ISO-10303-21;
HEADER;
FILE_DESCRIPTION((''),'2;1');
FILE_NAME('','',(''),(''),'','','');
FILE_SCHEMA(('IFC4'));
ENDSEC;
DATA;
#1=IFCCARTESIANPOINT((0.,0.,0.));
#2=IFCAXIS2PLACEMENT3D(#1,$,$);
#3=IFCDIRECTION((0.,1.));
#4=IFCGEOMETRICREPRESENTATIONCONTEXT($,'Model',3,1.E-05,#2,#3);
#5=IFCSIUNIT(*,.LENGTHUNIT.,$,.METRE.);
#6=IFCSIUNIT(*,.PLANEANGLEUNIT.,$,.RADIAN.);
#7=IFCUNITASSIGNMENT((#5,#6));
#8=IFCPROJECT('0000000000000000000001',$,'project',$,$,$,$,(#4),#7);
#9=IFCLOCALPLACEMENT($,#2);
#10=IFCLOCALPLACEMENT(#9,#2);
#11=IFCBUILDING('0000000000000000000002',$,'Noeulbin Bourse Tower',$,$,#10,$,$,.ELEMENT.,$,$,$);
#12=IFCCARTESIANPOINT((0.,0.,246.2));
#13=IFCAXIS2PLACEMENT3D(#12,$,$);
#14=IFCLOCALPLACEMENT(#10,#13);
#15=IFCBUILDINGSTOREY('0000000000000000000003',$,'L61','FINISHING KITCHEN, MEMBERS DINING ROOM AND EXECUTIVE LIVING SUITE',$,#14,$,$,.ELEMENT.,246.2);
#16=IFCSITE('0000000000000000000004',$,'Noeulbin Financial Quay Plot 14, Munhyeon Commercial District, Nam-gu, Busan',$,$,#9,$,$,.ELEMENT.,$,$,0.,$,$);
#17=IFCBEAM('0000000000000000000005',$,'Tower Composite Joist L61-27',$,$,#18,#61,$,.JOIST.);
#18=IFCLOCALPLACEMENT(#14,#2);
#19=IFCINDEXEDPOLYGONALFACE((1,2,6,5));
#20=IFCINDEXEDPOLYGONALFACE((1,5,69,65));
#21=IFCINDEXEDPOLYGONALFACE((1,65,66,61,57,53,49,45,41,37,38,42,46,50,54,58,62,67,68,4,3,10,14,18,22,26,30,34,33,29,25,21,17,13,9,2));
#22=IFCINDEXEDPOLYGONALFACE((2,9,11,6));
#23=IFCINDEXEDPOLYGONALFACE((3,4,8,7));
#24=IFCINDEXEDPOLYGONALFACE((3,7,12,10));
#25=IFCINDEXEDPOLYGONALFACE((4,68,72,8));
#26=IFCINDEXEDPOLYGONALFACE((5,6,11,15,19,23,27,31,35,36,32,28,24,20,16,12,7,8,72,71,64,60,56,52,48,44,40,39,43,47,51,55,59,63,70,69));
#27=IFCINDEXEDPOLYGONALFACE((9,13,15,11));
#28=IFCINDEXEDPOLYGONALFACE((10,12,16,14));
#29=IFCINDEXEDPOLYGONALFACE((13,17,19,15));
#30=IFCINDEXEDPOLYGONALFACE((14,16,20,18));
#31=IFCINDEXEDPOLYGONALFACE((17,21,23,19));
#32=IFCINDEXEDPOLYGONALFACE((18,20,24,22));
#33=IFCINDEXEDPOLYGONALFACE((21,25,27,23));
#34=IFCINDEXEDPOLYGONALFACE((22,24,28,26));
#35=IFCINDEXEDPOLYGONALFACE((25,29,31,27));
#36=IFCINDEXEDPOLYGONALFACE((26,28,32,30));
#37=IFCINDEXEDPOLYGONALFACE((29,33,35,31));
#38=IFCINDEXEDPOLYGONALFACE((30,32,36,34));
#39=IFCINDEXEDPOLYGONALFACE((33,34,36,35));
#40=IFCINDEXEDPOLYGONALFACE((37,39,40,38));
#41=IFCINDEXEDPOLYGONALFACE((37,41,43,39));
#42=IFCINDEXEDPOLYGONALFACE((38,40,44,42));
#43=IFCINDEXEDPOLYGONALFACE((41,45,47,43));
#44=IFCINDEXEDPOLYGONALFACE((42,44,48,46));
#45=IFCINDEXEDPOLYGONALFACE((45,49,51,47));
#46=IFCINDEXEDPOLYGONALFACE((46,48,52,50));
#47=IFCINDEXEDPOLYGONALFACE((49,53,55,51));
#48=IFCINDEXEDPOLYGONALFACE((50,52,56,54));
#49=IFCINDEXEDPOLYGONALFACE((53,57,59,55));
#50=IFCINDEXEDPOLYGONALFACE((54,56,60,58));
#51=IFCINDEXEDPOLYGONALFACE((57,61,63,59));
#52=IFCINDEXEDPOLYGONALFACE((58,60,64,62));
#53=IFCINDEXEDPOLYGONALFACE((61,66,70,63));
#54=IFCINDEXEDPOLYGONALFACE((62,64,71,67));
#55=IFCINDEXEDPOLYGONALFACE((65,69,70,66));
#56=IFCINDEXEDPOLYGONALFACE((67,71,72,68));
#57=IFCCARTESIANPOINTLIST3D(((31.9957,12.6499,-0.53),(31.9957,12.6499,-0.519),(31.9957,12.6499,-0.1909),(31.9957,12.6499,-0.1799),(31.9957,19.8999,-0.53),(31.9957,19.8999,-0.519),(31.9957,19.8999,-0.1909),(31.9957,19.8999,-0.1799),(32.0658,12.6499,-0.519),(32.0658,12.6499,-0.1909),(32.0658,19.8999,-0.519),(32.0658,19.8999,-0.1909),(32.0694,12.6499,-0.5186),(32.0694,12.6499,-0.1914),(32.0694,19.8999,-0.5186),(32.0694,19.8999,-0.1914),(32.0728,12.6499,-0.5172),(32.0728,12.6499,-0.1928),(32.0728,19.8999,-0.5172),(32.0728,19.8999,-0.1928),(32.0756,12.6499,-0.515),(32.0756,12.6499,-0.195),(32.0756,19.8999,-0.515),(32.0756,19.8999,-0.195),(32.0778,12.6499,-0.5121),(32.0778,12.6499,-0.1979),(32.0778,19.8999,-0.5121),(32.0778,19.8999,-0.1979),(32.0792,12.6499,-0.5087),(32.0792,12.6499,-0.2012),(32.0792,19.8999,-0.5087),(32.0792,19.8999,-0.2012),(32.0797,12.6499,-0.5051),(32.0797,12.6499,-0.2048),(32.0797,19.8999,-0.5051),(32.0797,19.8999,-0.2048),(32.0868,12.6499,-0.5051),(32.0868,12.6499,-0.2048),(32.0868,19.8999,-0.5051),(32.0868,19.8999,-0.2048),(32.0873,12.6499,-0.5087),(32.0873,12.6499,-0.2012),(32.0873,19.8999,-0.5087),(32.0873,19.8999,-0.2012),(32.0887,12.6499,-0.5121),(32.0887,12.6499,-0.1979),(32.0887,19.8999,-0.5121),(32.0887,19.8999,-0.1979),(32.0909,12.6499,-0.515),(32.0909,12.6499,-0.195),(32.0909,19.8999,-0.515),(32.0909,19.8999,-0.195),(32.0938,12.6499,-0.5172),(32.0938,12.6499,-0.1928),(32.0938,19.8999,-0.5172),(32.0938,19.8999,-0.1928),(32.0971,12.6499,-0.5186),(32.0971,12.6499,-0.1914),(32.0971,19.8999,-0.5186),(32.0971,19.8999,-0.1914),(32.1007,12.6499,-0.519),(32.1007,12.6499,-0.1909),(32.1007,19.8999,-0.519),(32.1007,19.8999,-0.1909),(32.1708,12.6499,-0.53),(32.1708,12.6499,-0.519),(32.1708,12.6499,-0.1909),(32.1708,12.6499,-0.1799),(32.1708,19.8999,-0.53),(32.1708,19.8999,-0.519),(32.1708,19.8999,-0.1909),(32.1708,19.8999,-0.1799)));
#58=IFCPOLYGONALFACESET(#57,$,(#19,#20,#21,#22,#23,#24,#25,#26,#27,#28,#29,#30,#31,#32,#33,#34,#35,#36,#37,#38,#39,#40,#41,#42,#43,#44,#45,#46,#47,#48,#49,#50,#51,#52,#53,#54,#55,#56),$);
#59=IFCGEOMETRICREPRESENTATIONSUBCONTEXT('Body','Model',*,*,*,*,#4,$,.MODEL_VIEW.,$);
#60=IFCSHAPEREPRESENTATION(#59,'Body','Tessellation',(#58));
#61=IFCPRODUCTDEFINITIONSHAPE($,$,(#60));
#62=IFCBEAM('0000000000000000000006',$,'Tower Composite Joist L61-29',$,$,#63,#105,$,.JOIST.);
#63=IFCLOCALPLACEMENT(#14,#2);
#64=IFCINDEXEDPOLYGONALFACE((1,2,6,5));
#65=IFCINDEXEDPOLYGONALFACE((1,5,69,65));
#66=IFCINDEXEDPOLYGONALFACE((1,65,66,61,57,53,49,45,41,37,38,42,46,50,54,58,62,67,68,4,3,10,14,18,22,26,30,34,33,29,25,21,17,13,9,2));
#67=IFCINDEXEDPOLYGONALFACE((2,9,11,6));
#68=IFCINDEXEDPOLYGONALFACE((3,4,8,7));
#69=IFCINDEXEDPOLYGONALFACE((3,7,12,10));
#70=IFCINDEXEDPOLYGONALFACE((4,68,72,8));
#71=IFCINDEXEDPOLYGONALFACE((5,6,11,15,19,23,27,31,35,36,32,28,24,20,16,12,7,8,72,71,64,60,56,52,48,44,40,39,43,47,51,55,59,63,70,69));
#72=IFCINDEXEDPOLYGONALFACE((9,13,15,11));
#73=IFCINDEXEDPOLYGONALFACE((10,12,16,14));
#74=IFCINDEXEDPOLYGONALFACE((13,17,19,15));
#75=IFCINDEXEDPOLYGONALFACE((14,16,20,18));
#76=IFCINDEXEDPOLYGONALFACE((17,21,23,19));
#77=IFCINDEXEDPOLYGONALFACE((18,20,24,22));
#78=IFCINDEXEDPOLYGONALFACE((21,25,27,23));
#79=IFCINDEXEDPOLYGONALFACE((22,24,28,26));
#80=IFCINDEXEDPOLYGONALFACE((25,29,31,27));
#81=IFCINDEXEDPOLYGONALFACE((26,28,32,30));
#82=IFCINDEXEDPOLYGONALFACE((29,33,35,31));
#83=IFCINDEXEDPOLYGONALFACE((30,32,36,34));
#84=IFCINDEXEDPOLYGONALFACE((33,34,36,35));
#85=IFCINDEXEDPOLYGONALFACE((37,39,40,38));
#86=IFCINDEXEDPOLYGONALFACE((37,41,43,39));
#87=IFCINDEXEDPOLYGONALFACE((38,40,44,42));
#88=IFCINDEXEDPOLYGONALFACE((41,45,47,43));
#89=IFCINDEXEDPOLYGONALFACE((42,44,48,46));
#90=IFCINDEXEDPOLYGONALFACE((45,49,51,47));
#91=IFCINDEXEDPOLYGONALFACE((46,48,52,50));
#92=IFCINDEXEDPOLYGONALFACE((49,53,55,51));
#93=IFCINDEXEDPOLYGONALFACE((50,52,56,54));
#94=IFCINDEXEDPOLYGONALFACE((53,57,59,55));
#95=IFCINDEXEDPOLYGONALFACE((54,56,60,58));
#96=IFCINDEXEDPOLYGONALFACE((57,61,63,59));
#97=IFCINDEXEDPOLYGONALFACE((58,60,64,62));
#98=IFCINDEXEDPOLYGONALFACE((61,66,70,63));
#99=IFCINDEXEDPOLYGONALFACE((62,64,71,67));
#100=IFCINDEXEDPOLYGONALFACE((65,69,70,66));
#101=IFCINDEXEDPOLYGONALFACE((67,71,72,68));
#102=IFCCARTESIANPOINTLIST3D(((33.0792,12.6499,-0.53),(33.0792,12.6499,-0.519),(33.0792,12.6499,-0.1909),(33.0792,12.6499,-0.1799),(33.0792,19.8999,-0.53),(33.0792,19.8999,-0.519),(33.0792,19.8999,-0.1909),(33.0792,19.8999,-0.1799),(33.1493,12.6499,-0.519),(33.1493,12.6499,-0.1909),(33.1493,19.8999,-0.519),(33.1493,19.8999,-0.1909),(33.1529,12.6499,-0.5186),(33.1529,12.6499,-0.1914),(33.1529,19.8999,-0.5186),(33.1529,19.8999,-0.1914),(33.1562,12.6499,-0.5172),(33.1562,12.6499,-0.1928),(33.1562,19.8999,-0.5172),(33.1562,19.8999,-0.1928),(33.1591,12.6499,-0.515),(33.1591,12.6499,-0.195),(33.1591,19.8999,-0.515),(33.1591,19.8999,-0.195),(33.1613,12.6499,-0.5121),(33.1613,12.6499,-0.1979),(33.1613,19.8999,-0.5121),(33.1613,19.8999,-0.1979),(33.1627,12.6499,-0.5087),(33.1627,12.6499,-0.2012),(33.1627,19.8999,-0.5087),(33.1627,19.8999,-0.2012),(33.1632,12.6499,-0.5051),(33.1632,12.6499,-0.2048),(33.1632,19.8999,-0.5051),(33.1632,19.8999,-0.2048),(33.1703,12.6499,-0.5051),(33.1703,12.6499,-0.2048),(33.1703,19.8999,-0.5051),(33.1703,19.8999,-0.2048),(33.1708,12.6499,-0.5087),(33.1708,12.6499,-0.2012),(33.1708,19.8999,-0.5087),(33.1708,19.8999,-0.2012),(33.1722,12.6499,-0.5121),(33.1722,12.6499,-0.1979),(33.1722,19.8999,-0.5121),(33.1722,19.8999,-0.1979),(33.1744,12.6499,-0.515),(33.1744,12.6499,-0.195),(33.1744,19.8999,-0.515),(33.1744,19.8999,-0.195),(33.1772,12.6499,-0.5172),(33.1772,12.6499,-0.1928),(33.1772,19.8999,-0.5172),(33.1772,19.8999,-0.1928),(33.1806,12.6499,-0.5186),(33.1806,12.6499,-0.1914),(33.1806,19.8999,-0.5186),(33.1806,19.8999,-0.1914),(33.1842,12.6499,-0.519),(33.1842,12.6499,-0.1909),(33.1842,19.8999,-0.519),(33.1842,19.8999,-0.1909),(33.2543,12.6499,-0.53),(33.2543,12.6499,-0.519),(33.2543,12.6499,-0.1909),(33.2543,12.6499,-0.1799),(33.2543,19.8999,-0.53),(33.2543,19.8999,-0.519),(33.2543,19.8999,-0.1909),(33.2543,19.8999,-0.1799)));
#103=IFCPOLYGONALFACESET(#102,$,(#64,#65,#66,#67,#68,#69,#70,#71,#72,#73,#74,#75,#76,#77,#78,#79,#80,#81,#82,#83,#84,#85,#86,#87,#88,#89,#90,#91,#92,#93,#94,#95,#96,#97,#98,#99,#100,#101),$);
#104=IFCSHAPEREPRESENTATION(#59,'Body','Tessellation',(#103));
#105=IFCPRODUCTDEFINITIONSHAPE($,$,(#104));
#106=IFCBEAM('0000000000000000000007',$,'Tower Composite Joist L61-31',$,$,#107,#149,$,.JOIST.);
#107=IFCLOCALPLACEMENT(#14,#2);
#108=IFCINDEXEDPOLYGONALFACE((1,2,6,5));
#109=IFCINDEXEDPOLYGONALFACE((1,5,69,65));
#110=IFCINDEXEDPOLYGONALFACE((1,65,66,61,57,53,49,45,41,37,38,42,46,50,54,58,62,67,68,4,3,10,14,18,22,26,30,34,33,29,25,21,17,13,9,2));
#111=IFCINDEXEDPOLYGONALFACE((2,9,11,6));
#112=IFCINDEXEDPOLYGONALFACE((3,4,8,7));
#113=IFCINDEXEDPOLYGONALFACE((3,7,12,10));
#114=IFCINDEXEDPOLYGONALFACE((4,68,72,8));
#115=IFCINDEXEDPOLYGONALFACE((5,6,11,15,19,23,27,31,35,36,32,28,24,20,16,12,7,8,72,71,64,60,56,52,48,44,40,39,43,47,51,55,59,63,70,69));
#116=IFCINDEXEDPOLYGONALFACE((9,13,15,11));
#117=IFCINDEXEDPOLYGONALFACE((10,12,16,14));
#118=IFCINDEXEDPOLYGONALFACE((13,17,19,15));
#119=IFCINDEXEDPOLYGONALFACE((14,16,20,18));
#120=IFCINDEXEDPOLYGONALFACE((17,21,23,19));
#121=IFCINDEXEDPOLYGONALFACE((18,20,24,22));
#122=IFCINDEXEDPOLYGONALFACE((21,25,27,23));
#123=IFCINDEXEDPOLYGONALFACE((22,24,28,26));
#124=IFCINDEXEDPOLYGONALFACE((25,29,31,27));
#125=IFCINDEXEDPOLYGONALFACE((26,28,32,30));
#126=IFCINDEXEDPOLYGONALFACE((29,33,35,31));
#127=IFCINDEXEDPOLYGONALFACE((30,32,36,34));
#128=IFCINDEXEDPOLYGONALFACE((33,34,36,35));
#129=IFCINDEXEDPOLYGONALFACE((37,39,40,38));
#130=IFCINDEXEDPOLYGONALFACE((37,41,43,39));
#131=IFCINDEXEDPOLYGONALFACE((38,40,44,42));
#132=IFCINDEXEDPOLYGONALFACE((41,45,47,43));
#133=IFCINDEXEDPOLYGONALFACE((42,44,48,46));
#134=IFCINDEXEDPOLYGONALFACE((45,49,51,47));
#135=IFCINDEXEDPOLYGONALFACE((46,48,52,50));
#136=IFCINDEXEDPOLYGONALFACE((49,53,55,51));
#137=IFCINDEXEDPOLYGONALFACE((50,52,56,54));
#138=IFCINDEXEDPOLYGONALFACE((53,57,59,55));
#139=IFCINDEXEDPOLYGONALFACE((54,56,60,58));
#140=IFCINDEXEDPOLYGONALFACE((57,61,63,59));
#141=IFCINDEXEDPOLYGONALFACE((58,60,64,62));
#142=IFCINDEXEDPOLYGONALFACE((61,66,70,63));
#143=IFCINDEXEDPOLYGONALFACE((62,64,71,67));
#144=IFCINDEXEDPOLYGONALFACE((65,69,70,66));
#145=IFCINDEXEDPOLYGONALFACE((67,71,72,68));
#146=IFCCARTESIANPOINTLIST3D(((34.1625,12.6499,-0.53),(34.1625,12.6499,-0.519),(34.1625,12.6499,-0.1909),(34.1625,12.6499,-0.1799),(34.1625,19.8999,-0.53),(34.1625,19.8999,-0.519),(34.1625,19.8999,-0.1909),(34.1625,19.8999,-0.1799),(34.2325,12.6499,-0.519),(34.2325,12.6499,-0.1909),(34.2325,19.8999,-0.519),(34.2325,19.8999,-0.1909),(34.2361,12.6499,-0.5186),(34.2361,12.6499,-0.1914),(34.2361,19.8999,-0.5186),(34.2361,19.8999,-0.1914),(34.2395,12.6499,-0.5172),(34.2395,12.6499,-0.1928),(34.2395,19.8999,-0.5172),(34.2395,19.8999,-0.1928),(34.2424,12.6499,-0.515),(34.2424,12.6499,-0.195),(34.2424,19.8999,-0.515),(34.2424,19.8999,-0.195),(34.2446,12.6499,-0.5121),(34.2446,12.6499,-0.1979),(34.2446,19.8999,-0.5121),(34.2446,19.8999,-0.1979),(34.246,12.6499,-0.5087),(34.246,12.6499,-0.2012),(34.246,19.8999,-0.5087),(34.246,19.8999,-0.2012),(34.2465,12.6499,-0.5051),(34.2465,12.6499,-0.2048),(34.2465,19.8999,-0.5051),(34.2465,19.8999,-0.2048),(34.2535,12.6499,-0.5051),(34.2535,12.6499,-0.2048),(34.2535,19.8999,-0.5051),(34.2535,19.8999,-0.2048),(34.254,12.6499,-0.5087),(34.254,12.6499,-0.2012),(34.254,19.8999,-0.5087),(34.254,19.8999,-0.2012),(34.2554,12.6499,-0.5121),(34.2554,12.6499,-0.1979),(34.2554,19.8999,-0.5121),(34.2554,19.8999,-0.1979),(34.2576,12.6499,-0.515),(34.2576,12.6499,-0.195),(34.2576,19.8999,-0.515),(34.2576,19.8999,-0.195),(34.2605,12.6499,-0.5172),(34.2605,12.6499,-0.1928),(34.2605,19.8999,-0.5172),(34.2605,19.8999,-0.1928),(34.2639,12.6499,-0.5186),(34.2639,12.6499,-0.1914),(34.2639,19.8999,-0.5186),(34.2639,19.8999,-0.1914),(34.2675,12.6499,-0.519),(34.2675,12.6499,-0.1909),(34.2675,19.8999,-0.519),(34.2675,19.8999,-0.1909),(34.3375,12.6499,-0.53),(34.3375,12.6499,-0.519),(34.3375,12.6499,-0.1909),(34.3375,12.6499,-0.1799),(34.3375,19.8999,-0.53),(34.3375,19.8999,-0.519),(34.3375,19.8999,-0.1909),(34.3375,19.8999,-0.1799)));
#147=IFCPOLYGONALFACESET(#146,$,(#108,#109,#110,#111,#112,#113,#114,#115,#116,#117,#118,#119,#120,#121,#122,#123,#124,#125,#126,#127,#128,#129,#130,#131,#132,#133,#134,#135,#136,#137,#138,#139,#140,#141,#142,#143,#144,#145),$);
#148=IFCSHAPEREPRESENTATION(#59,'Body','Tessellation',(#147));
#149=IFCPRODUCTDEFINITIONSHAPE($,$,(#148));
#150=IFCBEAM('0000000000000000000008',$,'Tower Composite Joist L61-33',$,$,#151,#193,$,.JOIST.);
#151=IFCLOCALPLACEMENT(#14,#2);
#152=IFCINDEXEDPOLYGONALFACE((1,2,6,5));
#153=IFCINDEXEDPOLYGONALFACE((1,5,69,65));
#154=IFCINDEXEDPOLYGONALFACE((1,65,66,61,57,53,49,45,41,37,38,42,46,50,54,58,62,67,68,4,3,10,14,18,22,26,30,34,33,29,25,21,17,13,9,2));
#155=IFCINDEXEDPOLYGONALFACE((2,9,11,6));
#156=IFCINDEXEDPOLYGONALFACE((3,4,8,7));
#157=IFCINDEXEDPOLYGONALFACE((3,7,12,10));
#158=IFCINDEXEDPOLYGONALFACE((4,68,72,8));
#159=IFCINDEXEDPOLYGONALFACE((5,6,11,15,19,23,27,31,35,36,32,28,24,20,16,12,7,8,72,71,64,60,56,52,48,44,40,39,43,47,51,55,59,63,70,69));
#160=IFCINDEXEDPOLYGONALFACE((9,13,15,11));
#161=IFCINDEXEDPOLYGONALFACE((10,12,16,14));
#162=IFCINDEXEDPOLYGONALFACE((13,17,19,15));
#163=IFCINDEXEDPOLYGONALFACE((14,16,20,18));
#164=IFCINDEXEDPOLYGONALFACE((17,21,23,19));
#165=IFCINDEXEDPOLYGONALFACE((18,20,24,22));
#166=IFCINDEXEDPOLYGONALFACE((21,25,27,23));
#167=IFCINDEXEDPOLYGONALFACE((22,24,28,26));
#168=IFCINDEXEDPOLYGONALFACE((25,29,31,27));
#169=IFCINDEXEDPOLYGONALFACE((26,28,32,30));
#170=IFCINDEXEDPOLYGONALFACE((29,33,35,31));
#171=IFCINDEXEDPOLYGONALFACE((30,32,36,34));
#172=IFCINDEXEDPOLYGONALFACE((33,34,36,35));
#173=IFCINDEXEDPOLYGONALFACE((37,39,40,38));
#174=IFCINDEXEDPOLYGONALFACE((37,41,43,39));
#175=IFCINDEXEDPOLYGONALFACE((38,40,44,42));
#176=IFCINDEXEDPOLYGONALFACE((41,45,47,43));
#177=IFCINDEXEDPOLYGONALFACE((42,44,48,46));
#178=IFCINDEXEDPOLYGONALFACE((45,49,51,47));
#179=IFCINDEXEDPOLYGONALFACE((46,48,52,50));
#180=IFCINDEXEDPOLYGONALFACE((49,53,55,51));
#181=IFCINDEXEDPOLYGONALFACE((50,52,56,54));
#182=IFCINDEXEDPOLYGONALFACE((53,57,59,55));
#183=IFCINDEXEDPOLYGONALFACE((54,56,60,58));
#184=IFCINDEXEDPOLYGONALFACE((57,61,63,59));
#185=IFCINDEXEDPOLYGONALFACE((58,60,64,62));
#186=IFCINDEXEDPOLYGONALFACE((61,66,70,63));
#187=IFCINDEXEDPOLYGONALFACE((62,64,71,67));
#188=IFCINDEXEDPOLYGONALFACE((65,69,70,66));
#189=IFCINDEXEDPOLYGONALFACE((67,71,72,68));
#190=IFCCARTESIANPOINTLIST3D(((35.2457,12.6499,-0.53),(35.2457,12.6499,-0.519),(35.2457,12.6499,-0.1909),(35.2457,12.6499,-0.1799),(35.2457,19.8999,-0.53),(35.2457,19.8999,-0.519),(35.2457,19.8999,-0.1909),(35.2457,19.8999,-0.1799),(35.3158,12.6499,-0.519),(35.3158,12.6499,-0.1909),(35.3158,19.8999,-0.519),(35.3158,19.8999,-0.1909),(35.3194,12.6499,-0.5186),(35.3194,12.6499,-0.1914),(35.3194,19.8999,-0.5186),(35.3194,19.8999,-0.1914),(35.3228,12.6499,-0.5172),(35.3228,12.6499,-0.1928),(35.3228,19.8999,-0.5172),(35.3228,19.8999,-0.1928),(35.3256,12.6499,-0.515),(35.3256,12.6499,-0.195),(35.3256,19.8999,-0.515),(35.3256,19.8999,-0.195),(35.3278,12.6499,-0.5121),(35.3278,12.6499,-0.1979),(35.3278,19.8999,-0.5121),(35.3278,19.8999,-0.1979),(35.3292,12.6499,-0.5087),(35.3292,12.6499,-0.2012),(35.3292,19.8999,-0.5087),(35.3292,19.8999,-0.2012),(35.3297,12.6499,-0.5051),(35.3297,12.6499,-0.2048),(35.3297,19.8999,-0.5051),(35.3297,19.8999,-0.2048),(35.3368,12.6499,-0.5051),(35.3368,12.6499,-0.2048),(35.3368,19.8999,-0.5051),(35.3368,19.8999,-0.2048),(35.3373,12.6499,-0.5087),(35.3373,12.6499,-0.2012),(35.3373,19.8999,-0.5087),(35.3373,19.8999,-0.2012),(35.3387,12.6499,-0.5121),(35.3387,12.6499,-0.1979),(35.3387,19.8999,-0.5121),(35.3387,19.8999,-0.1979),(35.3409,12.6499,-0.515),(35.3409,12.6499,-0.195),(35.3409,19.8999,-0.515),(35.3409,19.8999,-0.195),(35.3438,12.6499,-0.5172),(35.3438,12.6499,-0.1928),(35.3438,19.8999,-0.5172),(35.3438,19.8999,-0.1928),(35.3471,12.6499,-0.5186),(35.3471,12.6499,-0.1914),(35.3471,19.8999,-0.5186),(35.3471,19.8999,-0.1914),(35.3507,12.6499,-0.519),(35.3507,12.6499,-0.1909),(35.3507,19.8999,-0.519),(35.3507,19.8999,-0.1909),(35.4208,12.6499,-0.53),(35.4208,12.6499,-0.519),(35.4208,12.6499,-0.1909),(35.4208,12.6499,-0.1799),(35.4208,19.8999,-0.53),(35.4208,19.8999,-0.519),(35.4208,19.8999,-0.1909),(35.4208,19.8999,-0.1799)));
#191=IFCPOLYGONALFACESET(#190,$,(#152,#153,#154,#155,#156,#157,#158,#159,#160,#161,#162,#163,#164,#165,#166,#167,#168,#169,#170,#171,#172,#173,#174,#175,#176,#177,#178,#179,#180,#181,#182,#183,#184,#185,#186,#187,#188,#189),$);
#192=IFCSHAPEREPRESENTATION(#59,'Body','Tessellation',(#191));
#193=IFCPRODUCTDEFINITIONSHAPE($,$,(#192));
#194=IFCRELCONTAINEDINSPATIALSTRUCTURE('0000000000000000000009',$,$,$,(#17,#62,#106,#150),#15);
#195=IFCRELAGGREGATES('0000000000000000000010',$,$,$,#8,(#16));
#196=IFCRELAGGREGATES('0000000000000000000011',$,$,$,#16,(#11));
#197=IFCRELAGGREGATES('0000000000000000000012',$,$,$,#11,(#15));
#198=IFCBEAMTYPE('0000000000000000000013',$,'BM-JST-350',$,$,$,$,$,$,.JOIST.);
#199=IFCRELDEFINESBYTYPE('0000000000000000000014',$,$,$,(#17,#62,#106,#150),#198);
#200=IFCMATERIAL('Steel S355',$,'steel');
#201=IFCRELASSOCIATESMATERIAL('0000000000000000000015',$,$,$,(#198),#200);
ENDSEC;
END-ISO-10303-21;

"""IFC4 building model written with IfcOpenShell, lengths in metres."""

from ifc_helpers import new_model, si_unit, direction, frame, origin, origin_2d, place, context, subcontext, project, spatial, i_section, extrude, material, material_profile, profile_set, type_object, element, save


model = new_model("IFC4")

# Units and contexts
model_context = context("Model", 3, precision=1e-05, world=origin(), true_north=direction((0.0, 1.0)))
body_context = subcontext(model_context, "Body", "Model", "MODEL_VIEW")
ifc_project = project(units=[si_unit("LENGTHUNIT", "METRE"), si_unit("PLANEANGLEUNIT", "RADIAN")], contexts=[model_context])

# Site, building, storey
site_placement = place(None, origin())
site = spatial("IfcSite", under=ifc_project, at=site_placement, Name="Noeulbin Financial Quay Plot 14, Munhyeon Commercial District, Nam-gu, Busan", CompositionType="ELEMENT", RefElevation=0.0)
building_placement = place(site_placement, origin())
building = spatial("IfcBuilding", under=site, at=building_placement, Name="Noeulbin Bourse Tower", CompositionType="ELEMENT")
storey_placement = place(building_placement, frame((0.0, 0.0, 246.2)))
storey = spatial("IfcBuildingStorey", under=building, at=storey_placement, Name="L61", Description="FINISHING KITCHEN, MEMBERS DINING ROOM AND EXECUTIVE LIVING SUITE", CompositionType="ELEMENT", Elevation=246.2)

# Shared definitions
ifc_material_1 = material(Name="Steel S355", Category="steel")

# Beams
ifc_material_profile_1 = material_profile(ifc_material_1, i_section(OverallWidth=0.175, OverallDepth=0.3501, WebThickness=0.0071, FlangeThickness=0.011, FilletRadius=0.0139, at=origin_2d()), Name="H-350x175x7x11", Category="LoadBearing")
ifc_profile_set_1 = profile_set([ifc_material_profile_1], Name="Steel S355")
beam_type_1 = type_object("IfcBeamType", Name="BM-JST-350", PredefinedType="JOIST", material=ifc_profile_set_1)
for number, where, z_axis, x_axis, name in (
    (1, (32.0833, 12.6499, -0.355), (0.0, 1.0, 0.0), (-1.0, 0.0, 0.0), "Tower Composite Joist L61-27"),
    (2, (33.1667, 12.6499, -0.355), (0.0, 1.0, 0.0), (-1.0, 0.0, 0.0), "Tower Composite Joist L61-29"),
    (3, (34.25, 12.6499, -0.355), (0.0, 1.0, 0.0), (-1.0, 0.0, 0.0), "Tower Composite Joist L61-31"),
    (4, (35.3333, 12.6499, -0.355), (0.0, 1.0, 0.0), (-1.0, 0.0, 0.0), "Tower Composite Joist L61-33"),
):
    element("IfcBeam", number, at=place(storey_placement, frame(where, z_axis=z_axis, x_axis=x_axis)), inside=storey, type_object=beam_type_1, Name=name, PredefinedType="JOIST", context=body_context, shape_type="SweptSolid", body=[
        extrude(i_section(OverallWidth=0.175, OverallDepth=0.3501, WebThickness=0.0071, FlangeThickness=0.011, FilletRadius=0.0139, at=origin_2d()), origin(), (0.0, 0.0, 1.0), 7.25),
    ])

save(model, "model.ifc")
